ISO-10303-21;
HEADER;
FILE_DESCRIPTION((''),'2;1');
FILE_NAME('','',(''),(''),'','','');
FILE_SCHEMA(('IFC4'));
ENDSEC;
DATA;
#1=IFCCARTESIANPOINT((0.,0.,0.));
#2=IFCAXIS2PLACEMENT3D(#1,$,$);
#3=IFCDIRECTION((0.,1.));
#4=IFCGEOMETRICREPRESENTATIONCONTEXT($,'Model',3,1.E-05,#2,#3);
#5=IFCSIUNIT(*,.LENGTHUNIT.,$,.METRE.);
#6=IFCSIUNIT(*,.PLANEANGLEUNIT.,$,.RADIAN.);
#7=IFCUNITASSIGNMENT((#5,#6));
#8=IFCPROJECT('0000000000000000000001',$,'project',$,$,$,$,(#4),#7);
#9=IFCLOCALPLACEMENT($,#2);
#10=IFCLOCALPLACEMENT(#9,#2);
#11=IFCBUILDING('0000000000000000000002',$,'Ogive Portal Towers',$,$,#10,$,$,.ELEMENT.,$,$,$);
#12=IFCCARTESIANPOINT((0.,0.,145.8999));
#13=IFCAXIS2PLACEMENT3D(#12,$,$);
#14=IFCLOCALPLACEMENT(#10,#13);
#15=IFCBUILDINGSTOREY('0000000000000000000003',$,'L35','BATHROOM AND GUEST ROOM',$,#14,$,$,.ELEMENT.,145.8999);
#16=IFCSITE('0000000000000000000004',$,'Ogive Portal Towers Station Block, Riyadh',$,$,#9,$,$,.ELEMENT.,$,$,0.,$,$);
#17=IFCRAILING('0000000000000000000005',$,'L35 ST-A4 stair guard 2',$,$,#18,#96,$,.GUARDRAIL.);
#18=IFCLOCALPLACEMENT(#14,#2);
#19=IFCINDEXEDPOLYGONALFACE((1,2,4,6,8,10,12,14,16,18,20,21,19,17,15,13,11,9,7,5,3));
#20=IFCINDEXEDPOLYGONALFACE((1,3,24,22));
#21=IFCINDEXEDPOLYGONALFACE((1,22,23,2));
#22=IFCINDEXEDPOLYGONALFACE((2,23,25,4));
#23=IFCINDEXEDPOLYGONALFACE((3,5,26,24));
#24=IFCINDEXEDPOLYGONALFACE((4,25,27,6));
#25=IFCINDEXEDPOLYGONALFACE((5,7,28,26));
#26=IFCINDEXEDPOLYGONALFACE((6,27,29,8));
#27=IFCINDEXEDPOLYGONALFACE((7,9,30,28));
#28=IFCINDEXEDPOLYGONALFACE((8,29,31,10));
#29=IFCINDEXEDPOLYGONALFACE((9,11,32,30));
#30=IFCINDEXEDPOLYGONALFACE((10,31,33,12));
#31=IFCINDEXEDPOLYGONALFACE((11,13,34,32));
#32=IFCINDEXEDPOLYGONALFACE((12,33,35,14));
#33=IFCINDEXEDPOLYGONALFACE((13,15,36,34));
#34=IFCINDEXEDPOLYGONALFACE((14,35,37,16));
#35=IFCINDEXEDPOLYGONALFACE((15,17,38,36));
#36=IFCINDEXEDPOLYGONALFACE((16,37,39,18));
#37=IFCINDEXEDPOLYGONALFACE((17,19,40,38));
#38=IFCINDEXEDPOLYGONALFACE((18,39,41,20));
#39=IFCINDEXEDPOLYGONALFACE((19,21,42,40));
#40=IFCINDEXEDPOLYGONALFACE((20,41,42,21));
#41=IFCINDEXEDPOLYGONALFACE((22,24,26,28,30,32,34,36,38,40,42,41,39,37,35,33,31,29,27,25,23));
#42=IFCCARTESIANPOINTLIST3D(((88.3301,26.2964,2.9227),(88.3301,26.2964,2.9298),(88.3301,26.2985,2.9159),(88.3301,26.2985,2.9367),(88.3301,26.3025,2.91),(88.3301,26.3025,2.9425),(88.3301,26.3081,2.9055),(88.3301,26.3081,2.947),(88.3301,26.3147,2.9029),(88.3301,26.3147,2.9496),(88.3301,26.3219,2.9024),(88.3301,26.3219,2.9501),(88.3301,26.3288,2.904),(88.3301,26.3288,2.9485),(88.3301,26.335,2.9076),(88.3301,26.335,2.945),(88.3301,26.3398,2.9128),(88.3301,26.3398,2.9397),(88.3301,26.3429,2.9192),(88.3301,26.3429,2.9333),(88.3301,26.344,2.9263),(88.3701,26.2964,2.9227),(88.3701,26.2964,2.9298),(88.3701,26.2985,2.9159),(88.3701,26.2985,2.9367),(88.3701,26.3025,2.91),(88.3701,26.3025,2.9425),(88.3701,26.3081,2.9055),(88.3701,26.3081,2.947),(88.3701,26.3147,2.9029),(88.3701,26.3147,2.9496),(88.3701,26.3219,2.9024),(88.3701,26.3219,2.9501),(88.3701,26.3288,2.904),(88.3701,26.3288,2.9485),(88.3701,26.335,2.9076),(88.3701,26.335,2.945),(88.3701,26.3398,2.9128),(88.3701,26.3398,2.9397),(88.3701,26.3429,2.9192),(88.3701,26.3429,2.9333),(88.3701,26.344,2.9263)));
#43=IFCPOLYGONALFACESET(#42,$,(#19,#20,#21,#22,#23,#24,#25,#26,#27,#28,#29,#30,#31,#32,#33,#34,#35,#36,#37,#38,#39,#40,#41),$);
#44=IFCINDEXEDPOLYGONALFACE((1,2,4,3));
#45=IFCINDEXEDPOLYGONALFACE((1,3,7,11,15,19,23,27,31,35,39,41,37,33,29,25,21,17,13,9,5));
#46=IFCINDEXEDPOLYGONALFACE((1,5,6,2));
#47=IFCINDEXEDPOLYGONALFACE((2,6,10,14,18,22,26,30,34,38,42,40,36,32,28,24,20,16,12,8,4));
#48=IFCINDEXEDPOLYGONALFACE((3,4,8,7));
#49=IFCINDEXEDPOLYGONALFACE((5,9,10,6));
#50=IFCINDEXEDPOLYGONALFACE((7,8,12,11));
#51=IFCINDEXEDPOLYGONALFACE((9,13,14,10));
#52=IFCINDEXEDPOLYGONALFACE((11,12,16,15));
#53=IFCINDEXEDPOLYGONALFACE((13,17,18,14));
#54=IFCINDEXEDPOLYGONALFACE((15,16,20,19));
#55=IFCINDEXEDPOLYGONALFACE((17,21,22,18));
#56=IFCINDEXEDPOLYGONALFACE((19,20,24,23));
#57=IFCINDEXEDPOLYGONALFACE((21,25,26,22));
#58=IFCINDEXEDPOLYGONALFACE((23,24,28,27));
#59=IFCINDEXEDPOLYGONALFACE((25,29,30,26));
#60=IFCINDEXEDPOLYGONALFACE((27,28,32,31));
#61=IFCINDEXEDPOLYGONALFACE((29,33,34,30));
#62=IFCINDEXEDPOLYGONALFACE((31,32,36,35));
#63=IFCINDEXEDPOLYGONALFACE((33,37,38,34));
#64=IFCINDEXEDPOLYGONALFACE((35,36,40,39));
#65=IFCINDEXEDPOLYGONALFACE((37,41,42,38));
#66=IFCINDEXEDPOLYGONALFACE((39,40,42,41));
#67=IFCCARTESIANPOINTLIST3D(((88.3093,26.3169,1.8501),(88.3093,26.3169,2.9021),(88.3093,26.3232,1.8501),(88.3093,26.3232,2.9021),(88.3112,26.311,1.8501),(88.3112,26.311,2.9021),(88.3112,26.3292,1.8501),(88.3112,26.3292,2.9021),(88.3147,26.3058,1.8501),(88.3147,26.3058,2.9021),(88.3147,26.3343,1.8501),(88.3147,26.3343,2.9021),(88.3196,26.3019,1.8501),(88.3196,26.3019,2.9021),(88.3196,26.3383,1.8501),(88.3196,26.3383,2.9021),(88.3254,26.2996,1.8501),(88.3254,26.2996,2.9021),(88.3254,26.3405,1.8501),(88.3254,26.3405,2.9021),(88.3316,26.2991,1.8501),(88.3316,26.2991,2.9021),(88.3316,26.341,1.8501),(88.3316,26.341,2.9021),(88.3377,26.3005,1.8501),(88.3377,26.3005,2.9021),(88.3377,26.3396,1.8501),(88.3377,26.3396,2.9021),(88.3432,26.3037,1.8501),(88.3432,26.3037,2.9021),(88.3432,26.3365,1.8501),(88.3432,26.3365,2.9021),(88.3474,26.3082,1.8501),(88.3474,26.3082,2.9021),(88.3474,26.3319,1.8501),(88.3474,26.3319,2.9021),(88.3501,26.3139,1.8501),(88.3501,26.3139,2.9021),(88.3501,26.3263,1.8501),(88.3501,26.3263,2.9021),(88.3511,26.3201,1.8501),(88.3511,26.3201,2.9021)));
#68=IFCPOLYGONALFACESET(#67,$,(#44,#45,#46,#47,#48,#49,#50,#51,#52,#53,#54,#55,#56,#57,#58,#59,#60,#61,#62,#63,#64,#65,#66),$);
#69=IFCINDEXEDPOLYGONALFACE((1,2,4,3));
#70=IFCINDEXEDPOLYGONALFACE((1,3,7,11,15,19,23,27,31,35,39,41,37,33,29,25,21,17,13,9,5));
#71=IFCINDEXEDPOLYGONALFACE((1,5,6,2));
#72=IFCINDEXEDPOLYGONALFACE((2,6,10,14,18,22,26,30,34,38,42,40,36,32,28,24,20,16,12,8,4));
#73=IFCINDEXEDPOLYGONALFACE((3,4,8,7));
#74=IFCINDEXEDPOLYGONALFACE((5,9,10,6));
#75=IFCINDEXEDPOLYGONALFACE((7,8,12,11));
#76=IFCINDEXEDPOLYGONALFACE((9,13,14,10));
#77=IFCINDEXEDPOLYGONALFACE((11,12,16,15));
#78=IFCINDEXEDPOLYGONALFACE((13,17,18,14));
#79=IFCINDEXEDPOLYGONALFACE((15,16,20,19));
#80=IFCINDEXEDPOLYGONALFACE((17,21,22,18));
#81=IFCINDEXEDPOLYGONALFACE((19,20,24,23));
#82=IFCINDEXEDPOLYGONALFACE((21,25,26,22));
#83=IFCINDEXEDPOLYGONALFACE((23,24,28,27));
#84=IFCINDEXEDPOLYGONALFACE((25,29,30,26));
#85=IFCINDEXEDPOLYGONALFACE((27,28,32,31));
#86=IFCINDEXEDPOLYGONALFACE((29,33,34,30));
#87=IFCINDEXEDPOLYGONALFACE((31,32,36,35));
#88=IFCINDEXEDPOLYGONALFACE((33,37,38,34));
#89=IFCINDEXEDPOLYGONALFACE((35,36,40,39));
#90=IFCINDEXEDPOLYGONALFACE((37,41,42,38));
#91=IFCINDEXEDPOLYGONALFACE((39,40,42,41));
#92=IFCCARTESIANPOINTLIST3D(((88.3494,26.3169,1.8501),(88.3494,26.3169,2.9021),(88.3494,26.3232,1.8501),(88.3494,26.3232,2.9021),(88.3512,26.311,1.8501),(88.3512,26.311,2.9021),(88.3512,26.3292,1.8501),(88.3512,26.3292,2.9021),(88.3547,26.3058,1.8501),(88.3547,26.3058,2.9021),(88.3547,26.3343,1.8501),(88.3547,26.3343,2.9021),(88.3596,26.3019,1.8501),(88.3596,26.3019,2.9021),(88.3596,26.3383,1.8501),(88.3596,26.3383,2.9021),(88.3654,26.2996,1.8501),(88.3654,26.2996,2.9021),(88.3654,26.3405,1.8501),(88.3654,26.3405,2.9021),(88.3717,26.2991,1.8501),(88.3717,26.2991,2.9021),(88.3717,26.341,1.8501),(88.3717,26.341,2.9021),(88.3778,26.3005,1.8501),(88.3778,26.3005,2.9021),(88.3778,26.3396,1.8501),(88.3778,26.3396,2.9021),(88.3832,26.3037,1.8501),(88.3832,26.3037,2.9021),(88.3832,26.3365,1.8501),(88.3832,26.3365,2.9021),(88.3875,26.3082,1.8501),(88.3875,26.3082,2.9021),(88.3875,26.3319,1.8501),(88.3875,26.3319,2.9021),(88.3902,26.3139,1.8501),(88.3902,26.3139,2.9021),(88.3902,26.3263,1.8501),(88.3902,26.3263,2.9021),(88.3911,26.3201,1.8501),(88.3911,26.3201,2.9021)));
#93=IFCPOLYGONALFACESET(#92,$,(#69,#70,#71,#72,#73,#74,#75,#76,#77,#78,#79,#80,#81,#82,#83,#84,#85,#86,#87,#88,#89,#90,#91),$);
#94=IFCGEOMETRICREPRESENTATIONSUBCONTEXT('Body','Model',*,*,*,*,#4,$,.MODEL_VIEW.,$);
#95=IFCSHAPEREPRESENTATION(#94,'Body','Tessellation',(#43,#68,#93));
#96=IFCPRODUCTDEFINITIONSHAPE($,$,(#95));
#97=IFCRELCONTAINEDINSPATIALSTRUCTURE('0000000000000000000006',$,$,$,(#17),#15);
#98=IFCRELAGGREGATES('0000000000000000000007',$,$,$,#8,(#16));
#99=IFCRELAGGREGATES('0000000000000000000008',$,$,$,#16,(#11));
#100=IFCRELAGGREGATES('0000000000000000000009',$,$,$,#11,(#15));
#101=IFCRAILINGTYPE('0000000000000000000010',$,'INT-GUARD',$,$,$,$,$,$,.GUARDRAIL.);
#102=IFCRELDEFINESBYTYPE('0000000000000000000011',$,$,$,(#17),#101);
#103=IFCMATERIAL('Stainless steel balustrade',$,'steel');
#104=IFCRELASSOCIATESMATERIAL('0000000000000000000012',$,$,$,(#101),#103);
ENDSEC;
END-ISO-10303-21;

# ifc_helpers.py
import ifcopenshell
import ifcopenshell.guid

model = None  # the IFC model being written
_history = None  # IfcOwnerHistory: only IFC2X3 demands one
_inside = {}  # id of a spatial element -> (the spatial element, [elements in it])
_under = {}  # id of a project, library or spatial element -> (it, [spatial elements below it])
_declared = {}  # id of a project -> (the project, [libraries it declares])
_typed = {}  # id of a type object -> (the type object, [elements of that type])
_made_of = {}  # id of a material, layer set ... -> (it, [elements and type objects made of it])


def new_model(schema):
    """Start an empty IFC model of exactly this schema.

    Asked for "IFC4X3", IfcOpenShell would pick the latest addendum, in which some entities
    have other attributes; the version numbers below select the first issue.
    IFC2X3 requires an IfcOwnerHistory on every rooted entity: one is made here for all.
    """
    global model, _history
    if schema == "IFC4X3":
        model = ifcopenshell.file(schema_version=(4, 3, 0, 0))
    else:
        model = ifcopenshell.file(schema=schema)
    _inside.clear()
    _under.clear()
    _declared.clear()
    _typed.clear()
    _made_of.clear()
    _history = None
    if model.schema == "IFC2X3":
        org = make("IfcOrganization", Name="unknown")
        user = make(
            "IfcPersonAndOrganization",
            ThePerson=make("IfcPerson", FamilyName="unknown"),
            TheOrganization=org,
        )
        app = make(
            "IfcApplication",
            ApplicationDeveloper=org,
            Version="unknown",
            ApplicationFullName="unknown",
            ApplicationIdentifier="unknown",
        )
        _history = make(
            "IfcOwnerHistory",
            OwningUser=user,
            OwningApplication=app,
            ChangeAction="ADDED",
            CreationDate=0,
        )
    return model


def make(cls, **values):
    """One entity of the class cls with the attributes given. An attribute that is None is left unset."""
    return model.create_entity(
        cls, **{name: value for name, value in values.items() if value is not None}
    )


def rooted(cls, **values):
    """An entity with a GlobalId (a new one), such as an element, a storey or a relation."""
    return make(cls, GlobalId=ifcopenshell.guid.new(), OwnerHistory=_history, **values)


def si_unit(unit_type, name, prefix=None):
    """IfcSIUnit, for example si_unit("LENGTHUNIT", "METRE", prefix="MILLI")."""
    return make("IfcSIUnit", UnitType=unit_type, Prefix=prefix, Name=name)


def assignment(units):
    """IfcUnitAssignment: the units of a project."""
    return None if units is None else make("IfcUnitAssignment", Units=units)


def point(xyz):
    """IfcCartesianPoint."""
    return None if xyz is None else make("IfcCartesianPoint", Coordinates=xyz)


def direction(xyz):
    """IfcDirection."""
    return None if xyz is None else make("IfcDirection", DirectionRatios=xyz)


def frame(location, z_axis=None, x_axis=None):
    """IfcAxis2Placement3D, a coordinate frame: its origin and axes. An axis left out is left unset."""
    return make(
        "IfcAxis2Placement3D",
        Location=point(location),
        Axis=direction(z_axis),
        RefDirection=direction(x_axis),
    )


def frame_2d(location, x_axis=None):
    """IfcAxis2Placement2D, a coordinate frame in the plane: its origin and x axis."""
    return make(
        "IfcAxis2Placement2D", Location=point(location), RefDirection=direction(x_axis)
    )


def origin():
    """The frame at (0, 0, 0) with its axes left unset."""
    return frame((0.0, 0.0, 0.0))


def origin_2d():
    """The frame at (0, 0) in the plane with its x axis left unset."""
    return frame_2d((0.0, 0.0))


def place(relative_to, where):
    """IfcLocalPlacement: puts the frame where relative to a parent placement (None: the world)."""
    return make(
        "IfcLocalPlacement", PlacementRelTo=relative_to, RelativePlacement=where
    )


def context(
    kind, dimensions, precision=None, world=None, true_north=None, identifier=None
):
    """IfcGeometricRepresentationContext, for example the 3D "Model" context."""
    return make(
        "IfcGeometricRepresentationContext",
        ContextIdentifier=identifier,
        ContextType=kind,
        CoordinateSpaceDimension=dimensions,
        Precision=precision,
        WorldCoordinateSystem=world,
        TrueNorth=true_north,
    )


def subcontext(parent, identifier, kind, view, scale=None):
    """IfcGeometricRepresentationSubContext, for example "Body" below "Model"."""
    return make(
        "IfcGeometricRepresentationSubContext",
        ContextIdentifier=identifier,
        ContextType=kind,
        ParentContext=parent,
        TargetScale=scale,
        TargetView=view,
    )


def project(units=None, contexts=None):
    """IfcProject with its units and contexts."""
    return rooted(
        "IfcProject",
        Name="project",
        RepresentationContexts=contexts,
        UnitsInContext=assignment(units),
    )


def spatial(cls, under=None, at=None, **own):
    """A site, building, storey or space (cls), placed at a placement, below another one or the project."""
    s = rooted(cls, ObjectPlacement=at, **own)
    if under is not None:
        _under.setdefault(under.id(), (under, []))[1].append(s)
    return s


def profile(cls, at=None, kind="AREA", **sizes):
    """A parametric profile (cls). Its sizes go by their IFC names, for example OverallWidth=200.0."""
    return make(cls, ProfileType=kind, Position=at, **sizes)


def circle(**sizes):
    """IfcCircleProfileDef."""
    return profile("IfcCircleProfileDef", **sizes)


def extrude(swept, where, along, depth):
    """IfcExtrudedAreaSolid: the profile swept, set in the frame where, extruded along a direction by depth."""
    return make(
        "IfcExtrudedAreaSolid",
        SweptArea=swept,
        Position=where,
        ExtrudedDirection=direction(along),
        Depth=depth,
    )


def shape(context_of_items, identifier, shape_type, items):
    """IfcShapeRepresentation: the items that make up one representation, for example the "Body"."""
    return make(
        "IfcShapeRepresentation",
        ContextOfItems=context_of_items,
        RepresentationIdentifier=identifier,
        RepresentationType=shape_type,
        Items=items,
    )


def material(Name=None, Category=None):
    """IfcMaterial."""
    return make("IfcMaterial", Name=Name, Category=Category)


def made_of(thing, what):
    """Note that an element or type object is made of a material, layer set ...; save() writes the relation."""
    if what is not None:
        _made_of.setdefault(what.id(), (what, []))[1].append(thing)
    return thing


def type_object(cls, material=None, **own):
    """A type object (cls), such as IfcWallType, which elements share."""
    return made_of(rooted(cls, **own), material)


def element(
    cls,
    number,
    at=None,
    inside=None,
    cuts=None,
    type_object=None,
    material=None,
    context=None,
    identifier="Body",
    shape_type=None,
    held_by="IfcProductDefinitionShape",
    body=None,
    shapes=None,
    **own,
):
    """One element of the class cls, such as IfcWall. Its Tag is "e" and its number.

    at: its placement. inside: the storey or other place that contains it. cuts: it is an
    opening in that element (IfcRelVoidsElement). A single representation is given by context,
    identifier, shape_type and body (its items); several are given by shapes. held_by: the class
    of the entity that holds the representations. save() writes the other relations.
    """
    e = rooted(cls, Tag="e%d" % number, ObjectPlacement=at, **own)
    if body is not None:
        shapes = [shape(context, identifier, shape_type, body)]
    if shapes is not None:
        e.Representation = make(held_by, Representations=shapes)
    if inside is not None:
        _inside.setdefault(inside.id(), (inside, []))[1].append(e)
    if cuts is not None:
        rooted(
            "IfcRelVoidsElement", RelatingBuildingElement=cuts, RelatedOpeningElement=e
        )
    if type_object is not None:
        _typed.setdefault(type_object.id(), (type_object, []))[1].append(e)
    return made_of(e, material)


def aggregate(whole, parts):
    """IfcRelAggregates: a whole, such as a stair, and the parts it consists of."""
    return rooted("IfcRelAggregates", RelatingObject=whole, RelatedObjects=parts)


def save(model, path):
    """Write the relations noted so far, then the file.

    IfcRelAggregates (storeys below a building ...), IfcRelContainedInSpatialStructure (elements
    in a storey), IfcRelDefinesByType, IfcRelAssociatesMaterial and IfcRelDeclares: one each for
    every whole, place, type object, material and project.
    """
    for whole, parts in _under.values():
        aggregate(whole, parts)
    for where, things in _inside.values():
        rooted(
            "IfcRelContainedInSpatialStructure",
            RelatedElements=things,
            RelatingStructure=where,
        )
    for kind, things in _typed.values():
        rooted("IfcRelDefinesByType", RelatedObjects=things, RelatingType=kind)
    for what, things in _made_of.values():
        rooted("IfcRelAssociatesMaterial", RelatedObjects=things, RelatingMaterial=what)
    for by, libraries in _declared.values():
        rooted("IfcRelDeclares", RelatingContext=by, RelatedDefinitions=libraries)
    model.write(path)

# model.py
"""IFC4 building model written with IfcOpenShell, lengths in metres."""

from ifc_helpers import new_model, si_unit, direction, frame, origin, origin_2d, place, context, subcontext, project, spatial, circle, extrude, material, type_object, element, save


model = new_model("IFC4")

# Units and contexts
model_context = context("Model", 3, precision=1e-05, world=origin(), true_north=direction((0.0, 1.0)))
body_context = subcontext(model_context, "Body", "Model", "MODEL_VIEW")
ifc_project = project(units=[si_unit("LENGTHUNIT", "METRE"), si_unit("PLANEANGLEUNIT", "RADIAN")], contexts=[model_context])

# Site, building, storey
site_placement = place(None, origin())
site = spatial("IfcSite", under=ifc_project, at=site_placement, Name="Ogive Portal Towers Station Block, Riyadh", CompositionType="ELEMENT", RefElevation=0.0)
building_placement = place(site_placement, origin())
building = spatial("IfcBuilding", under=site, at=building_placement, Name="Ogive Portal Towers", CompositionType="ELEMENT")
storey_placement = place(building_placement, frame((0.0, 0.0, 145.8999)))
storey = spatial("IfcBuildingStorey", under=building, at=storey_placement, Name="L35", Description="BATHROOM AND GUEST ROOM", CompositionType="ELEMENT", Elevation=145.8999)

# Railing
ifc_material_1 = material(Name="Stainless steel balustrade", Category="steel")
railing_type_1 = type_object("IfcRailingType", Name="INT-GUARD", PredefinedType="GUARDRAIL", material=ifc_material_1)
railing_1_placement = place(storey_placement, frame((88.3301, 26.3201, 1.8501)))
element("IfcRailing", 1, at=railing_1_placement, inside=storey, type_object=railing_type_1, Name="L35 ST-A4 stair guard 2", PredefinedType="GUARDRAIL", context=body_context, shape_type="SweptSolid", body=[
    extrude(circle(Radius=0.0239, at=origin_2d()), frame((0.0, 0.0, 1.0762), z_axis=(1.0, 0.0, 0.0), x_axis=(0.0, 1.0, 0.0)), (0.0, 0.0, 1.0), 0.04),
    extrude(circle(Radius=0.021, at=origin_2d()), origin(), (0.0, 0.0, 1.0), 1.052),
    extrude(circle(Radius=0.021, at=origin_2d()), frame((0.04, 0.0, 0.0)), (0.0, 0.0, 1.0), 1.052),
])

save(model, "model.ifc")
